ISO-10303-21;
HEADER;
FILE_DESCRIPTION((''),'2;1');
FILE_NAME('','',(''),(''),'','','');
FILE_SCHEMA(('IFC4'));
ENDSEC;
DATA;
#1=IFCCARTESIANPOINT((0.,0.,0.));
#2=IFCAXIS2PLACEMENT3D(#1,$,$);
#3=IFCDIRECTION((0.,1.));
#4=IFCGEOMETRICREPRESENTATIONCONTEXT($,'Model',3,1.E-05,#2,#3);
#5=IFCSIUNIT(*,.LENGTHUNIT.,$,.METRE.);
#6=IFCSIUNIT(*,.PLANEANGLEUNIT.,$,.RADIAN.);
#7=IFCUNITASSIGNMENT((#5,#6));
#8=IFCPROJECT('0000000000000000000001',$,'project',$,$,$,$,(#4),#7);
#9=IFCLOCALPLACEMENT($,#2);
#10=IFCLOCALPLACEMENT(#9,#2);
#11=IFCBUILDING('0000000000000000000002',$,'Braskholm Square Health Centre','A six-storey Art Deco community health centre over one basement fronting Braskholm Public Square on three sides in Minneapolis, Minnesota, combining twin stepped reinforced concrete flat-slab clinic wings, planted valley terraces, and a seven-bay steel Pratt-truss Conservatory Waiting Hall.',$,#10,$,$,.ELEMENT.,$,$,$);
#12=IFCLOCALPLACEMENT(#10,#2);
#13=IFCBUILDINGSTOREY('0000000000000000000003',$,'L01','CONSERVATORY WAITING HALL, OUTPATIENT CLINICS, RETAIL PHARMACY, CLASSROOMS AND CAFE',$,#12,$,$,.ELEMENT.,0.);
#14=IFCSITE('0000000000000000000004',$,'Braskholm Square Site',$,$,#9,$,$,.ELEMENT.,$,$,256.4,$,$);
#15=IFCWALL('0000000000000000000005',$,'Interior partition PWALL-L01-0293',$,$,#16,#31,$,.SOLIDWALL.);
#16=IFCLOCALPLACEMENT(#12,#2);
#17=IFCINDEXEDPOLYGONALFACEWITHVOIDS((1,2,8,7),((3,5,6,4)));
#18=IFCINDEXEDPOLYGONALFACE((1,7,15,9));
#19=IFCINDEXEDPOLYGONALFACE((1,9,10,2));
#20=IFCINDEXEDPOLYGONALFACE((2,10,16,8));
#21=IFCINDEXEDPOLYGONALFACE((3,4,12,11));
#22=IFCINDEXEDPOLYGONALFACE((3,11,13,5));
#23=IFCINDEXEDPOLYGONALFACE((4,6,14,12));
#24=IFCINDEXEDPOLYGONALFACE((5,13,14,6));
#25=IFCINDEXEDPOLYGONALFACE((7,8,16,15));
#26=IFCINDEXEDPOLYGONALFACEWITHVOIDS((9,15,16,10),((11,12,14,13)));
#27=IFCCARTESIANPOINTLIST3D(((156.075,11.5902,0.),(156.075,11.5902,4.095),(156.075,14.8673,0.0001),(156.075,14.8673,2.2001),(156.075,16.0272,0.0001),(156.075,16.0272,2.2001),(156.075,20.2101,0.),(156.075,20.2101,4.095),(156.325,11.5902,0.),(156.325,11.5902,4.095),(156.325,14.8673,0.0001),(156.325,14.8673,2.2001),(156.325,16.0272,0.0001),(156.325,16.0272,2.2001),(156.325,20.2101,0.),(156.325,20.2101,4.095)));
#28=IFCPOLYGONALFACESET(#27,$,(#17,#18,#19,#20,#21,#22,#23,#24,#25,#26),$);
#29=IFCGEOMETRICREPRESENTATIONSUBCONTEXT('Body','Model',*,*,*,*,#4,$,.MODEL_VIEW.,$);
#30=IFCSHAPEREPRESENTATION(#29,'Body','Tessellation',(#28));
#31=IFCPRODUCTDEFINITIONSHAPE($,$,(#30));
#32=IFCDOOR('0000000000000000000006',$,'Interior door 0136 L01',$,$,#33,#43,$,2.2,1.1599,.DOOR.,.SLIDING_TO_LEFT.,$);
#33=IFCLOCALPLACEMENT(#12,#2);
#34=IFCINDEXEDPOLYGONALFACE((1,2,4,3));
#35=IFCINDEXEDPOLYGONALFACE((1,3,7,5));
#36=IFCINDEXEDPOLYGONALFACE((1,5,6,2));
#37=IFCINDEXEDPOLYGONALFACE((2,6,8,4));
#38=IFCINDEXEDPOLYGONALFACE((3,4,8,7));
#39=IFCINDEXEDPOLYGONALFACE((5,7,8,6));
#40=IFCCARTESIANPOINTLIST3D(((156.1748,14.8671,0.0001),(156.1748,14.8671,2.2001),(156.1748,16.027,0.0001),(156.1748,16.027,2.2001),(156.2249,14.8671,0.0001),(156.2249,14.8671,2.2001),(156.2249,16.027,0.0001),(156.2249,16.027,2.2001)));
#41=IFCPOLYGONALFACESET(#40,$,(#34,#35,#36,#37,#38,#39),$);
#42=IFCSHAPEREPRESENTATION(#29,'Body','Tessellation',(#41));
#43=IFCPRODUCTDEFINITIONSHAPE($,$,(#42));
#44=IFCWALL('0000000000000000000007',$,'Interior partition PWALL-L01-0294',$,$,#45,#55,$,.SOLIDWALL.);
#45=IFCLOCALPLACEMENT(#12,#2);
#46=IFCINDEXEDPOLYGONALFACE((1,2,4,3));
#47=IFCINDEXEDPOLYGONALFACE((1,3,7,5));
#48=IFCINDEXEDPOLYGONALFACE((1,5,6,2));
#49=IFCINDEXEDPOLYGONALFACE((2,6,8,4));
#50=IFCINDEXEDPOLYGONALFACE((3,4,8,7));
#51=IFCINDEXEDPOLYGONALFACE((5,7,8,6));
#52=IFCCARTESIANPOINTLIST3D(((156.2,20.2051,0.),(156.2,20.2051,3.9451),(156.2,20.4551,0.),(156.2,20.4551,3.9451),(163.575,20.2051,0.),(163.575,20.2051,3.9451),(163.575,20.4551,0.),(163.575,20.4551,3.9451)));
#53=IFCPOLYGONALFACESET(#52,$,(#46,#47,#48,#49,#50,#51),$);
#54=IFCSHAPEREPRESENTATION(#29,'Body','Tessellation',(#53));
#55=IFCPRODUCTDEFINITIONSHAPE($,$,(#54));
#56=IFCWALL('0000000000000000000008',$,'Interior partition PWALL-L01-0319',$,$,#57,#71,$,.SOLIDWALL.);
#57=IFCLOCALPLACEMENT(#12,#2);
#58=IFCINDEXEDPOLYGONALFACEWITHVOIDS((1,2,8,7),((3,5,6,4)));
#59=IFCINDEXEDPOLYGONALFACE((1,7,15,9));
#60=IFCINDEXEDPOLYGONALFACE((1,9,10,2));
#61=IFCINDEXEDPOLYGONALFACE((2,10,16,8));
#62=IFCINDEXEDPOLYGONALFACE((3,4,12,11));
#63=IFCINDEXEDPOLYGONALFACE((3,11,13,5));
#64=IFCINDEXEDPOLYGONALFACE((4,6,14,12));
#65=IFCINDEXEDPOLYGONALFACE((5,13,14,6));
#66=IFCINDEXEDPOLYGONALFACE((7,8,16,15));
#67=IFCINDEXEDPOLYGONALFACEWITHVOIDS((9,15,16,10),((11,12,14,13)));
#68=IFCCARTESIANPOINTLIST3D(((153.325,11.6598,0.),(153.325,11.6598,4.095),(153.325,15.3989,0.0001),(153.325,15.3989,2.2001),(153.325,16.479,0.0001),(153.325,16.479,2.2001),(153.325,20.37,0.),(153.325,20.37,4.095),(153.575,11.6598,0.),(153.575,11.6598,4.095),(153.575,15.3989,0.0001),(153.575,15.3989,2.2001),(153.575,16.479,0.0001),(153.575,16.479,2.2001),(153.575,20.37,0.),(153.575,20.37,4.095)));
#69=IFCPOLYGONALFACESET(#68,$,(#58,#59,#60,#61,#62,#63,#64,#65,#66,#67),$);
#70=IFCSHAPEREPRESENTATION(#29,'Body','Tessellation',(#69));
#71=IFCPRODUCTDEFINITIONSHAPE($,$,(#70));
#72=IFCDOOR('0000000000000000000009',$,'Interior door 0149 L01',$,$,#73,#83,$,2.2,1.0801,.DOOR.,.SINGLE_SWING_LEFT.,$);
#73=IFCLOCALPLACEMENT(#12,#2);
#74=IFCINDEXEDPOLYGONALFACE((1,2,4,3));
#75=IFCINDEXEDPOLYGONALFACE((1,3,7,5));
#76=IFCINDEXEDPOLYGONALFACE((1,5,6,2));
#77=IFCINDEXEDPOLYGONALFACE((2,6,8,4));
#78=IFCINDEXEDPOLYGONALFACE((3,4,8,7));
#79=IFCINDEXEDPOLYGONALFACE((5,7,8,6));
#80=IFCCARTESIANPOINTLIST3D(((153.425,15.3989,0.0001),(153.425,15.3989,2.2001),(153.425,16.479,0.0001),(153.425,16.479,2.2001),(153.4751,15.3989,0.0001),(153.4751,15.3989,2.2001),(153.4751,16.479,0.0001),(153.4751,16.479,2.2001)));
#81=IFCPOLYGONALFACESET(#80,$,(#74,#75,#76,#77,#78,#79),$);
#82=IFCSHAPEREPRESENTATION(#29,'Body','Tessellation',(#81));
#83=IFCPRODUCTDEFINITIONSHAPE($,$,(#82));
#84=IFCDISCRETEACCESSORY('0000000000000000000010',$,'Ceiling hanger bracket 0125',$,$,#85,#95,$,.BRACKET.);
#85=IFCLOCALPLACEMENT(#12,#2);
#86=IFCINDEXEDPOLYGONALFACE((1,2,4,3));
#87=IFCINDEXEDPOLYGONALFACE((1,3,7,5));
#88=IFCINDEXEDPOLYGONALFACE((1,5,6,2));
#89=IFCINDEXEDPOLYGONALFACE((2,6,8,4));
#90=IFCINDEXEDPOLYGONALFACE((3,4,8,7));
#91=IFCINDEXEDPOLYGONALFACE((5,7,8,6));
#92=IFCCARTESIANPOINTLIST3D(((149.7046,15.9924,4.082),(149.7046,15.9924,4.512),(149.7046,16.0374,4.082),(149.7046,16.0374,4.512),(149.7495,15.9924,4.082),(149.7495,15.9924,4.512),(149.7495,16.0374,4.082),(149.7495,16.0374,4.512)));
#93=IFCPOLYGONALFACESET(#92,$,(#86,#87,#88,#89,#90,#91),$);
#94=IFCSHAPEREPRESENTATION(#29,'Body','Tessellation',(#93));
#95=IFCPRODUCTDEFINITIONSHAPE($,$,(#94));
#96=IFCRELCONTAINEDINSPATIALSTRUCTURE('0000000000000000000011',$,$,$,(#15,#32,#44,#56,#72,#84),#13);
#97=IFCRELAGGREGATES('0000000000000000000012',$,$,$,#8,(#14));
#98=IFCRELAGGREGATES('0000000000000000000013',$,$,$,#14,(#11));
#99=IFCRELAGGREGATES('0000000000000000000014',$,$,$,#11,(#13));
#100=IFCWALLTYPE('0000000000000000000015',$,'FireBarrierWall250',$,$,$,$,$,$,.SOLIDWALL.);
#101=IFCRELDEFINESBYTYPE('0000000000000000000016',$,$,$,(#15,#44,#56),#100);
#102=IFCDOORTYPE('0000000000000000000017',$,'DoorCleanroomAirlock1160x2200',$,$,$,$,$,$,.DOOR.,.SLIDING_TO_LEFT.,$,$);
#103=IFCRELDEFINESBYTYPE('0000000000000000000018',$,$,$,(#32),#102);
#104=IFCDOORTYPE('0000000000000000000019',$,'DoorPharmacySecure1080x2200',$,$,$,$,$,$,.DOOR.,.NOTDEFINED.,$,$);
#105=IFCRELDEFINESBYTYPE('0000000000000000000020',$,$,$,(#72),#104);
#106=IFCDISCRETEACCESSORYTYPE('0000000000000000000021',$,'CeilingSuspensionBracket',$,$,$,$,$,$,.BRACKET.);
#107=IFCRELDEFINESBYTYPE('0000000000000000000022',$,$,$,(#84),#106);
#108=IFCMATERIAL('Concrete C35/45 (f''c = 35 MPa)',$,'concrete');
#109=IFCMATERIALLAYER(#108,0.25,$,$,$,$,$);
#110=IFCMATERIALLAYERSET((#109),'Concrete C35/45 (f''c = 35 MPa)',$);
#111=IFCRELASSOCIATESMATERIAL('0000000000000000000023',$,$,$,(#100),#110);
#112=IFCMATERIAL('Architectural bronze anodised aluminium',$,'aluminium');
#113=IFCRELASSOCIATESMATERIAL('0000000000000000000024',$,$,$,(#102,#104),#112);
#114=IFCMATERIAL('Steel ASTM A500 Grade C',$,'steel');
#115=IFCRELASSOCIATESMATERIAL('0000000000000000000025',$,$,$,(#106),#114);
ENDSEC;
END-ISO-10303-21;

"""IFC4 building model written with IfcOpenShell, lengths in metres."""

from ifc_helpers import new_model, si_unit, direction, frame, frame_2d, origin, origin_with_axes, origin_2d, place, context, subcontext, project, spatial, rectangle, extrude, material, layer, layer_set, type_object, element, fill, save


model = new_model("IFC4")

# Units and contexts
model_context = context("Model", 3, precision=1e-05, world=origin(), true_north=direction((0.0, 1.0)))
body_context = subcontext(model_context, "Body", "Model", "MODEL_VIEW")
ifc_project = project(units=[si_unit("LENGTHUNIT", "METRE"), si_unit("PLANEANGLEUNIT", "RADIAN")], contexts=[model_context])

# Site, building, storey
site_placement = place(None, origin())
site = spatial("IfcSite", under=ifc_project, at=site_placement, Name="Braskholm Square Site", CompositionType="ELEMENT", RefElevation=256.4)
building_placement = place(site_placement, origin())
building = spatial("IfcBuilding", under=site, at=building_placement, Name="Braskholm Square Health Centre", Description="A six-storey Art Deco community health centre over one basement fronting Braskholm Public Square on three sides in Minneapolis, Minnesota, combining twin stepped reinforced concrete flat-slab clinic wings, planted valley terraces, and a seven-bay steel Pratt-truss Conservatory Waiting Hall.", CompositionType="ELEMENT")
storey_placement = place(building_placement, origin())
storey = spatial("IfcBuildingStorey", under=building, at=storey_placement, Name="L01", Description="CONSERVATORY WAITING HALL, OUTPATIENT CLINICS, RETAIL PHARMACY, CLASSROOMS AND CAFE", CompositionType="ELEMENT", Elevation=0.0)

# Shared definitions
ifc_material_1 = material(Name="Architectural bronze anodised aluminium", Category="aluminium")

# Shared definitions
ifc_material_2 = material(Name="Concrete C35/45 (f'c = 35 MPa)", Category="concrete")
ifc_layer_1 = layer(ifc_material_2, 0.25)
ifc_layer_set_1 = layer_set([ifc_layer_1], Name="Concrete C35/45 (f'c = 35 MPa)")
wall_type_1 = type_object("IfcWallType", Name="FireBarrierWall250", PredefinedType="SOLIDWALL", material=ifc_layer_set_1)

# Wall, opening, door
wall_1_placement = place(storey_placement, frame((156.2, 11.5901, 0.0), z_axis=(0.0, 0.0, 1.0), x_axis=(0.0, 1.0, 0.0)))
wall_1 = element("IfcWall", 1, at=wall_1_placement, inside=storey, type_object=wall_type_1, Name="Interior partition PWALL-L01-0293", PredefinedType="SOLIDWALL", context=body_context, shape_type="SweptSolid", body=[
    extrude(rectangle(XDim=8.6199, YDim=0.25, at=frame_2d((4.3101, 0.0))), origin(), (0.0, 0.0, 1.0), 4.095),
])
opening_1_placement = place(wall_1_placement, frame((3.2771, 0.0, 0.0)))
opening_1 = element("IfcOpeningElement", 2, at=opening_1_placement, cuts=wall_1, PredefinedType="OPENING", context=body_context, shape_type="SweptSolid", body=[
    extrude(rectangle(XDim=1.1599, YDim=2.2, at=frame_2d((0.5801, 1.1001))), frame((0.0, 0.135, 0.0), z_axis=(0.0, -1.0, 0.0), x_axis=(1.0, 0.0, 0.0)), (0.0, 0.0, 1.0), 0.27),
])
door_type_1 = type_object("IfcDoorType", Name="DoorCleanroomAirlock1160x2200", OperationType="SLIDING_TO_LEFT", PredefinedType="DOOR", material=ifc_material_1)
door_1_placement = place(opening_1_placement, frame((1.1599, 0.0, 0.0), z_axis=(0.0, 0.0, 1.0), x_axis=(-1.0, 0.0, 0.0)))
door_1 = element("IfcDoor", 3, at=door_1_placement, inside=storey, type_object=door_type_1, Name="Interior door 0136 L01", OperationType="SLIDING_TO_LEFT", OverallHeight=2.2, OverallWidth=1.1599, PredefinedType="DOOR", context=body_context, shape_type="SweptSolid", body=[
    extrude(rectangle(XDim=1.1599, YDim=2.2, at=frame_2d((0.5801, 1.1001))), frame((0.0, 0.0249, 0.0), z_axis=(0.0, -1.0, 0.0), x_axis=(1.0, 0.0, 0.0)), (0.0, 0.0, 1.0), 0.05),
])
fill(opening_1, door_1)

# Wall
wall_2_placement = place(storey_placement, frame((156.2, 20.3301, 0.0), z_axis=(0.0, 0.0, 1.0), x_axis=(1.0, 0.0, 0.0)))
element("IfcWall", 4, at=wall_2_placement, inside=storey, type_object=wall_type_1, Name="Interior partition PWALL-L01-0294", PredefinedType="SOLIDWALL", context=body_context, shape_type="SweptSolid", body=[
    extrude(rectangle(XDim=7.375, YDim=0.25, at=frame_2d((3.6875, 0.0))), origin(), (0.0, 0.0, 1.0), 3.9451),
])

# Wall, opening, door
wall_3_placement = place(storey_placement, frame((153.45, 11.6599, 0.0), z_axis=(0.0, 0.0, 1.0), x_axis=(0.0, 1.0, 0.0)))
wall_3 = element("IfcWall", 5, at=wall_3_placement, inside=storey, type_object=wall_type_1, Name="Interior partition PWALL-L01-0319", PredefinedType="SOLIDWALL", context=body_context, shape_type="SweptSolid", body=[
    extrude(rectangle(XDim=8.7102, YDim=0.25, at=frame_2d((4.355, 0.0))), origin(), (0.0, 0.0, 1.0), 4.095),
])
opening_2_placement = place(wall_3_placement, frame((3.739, 0.0, 0.0)))
opening_2 = element("IfcOpeningElement", 6, at=opening_2_placement, cuts=wall_3, PredefinedType="OPENING", context=body_context, shape_type="SweptSolid", body=[
    extrude(rectangle(XDim=1.0801, YDim=2.2, at=frame_2d((0.54, 1.1001))), frame((0.0, 0.135, 0.0), z_axis=(0.0, -1.0, 0.0), x_axis=(1.0, 0.0, 0.0)), (0.0, 0.0, 1.0), 0.27),
])
door_type_2 = type_object("IfcDoorType", Name="DoorPharmacySecure1080x2200", OperationType="NOTDEFINED", PredefinedType="DOOR", material=ifc_material_1)
door_2_placement = place(opening_2_placement, origin_with_axes())
door_2 = element("IfcDoor", 7, at=door_2_placement, inside=storey, type_object=door_type_2, Name="Interior door 0149 L01", OperationType="SINGLE_SWING_LEFT", OverallHeight=2.2, OverallWidth=1.0801, PredefinedType="DOOR", context=body_context, shape_type="SweptSolid", body=[
    extrude(rectangle(XDim=1.0801, YDim=2.2, at=frame_2d((0.54, 1.1001))), frame((0.0, 0.0249, 0.0), z_axis=(0.0, -1.0, 0.0), x_axis=(1.0, 0.0, 0.0)), (0.0, 0.0, 1.0), 0.05),
])
fill(opening_2, door_2)

# Discrete accessory
ifc_material_3 = material(Name="Steel ASTM A500 Grade C", Category="steel")
discrete_accessory_type = type_object("IfcDiscreteAccessoryType", Name="CeilingSuspensionBracket", PredefinedType="BRACKET", material=ifc_material_3)
discrete_accessory_placement = place(storey_placement, frame((149.7271, 16.0149, 4.082), z_axis=(0.0, 0.0, 1.0), x_axis=(1.0, 0.0, 0.0)))
element("IfcDiscreteAccessory", 8, at=discrete_accessory_placement, inside=storey, type_object=discrete_accessory_type, Name="Ceiling hanger bracket 0125", PredefinedType="BRACKET", context=body_context, shape_type="SweptSolid", body=[
    extrude(rectangle(XDim=0.0449, YDim=0.0449, at=origin_2d()), origin(), (0.0, 0.0, 1.0), 0.4299),
])

save(model, "model.ifc")
